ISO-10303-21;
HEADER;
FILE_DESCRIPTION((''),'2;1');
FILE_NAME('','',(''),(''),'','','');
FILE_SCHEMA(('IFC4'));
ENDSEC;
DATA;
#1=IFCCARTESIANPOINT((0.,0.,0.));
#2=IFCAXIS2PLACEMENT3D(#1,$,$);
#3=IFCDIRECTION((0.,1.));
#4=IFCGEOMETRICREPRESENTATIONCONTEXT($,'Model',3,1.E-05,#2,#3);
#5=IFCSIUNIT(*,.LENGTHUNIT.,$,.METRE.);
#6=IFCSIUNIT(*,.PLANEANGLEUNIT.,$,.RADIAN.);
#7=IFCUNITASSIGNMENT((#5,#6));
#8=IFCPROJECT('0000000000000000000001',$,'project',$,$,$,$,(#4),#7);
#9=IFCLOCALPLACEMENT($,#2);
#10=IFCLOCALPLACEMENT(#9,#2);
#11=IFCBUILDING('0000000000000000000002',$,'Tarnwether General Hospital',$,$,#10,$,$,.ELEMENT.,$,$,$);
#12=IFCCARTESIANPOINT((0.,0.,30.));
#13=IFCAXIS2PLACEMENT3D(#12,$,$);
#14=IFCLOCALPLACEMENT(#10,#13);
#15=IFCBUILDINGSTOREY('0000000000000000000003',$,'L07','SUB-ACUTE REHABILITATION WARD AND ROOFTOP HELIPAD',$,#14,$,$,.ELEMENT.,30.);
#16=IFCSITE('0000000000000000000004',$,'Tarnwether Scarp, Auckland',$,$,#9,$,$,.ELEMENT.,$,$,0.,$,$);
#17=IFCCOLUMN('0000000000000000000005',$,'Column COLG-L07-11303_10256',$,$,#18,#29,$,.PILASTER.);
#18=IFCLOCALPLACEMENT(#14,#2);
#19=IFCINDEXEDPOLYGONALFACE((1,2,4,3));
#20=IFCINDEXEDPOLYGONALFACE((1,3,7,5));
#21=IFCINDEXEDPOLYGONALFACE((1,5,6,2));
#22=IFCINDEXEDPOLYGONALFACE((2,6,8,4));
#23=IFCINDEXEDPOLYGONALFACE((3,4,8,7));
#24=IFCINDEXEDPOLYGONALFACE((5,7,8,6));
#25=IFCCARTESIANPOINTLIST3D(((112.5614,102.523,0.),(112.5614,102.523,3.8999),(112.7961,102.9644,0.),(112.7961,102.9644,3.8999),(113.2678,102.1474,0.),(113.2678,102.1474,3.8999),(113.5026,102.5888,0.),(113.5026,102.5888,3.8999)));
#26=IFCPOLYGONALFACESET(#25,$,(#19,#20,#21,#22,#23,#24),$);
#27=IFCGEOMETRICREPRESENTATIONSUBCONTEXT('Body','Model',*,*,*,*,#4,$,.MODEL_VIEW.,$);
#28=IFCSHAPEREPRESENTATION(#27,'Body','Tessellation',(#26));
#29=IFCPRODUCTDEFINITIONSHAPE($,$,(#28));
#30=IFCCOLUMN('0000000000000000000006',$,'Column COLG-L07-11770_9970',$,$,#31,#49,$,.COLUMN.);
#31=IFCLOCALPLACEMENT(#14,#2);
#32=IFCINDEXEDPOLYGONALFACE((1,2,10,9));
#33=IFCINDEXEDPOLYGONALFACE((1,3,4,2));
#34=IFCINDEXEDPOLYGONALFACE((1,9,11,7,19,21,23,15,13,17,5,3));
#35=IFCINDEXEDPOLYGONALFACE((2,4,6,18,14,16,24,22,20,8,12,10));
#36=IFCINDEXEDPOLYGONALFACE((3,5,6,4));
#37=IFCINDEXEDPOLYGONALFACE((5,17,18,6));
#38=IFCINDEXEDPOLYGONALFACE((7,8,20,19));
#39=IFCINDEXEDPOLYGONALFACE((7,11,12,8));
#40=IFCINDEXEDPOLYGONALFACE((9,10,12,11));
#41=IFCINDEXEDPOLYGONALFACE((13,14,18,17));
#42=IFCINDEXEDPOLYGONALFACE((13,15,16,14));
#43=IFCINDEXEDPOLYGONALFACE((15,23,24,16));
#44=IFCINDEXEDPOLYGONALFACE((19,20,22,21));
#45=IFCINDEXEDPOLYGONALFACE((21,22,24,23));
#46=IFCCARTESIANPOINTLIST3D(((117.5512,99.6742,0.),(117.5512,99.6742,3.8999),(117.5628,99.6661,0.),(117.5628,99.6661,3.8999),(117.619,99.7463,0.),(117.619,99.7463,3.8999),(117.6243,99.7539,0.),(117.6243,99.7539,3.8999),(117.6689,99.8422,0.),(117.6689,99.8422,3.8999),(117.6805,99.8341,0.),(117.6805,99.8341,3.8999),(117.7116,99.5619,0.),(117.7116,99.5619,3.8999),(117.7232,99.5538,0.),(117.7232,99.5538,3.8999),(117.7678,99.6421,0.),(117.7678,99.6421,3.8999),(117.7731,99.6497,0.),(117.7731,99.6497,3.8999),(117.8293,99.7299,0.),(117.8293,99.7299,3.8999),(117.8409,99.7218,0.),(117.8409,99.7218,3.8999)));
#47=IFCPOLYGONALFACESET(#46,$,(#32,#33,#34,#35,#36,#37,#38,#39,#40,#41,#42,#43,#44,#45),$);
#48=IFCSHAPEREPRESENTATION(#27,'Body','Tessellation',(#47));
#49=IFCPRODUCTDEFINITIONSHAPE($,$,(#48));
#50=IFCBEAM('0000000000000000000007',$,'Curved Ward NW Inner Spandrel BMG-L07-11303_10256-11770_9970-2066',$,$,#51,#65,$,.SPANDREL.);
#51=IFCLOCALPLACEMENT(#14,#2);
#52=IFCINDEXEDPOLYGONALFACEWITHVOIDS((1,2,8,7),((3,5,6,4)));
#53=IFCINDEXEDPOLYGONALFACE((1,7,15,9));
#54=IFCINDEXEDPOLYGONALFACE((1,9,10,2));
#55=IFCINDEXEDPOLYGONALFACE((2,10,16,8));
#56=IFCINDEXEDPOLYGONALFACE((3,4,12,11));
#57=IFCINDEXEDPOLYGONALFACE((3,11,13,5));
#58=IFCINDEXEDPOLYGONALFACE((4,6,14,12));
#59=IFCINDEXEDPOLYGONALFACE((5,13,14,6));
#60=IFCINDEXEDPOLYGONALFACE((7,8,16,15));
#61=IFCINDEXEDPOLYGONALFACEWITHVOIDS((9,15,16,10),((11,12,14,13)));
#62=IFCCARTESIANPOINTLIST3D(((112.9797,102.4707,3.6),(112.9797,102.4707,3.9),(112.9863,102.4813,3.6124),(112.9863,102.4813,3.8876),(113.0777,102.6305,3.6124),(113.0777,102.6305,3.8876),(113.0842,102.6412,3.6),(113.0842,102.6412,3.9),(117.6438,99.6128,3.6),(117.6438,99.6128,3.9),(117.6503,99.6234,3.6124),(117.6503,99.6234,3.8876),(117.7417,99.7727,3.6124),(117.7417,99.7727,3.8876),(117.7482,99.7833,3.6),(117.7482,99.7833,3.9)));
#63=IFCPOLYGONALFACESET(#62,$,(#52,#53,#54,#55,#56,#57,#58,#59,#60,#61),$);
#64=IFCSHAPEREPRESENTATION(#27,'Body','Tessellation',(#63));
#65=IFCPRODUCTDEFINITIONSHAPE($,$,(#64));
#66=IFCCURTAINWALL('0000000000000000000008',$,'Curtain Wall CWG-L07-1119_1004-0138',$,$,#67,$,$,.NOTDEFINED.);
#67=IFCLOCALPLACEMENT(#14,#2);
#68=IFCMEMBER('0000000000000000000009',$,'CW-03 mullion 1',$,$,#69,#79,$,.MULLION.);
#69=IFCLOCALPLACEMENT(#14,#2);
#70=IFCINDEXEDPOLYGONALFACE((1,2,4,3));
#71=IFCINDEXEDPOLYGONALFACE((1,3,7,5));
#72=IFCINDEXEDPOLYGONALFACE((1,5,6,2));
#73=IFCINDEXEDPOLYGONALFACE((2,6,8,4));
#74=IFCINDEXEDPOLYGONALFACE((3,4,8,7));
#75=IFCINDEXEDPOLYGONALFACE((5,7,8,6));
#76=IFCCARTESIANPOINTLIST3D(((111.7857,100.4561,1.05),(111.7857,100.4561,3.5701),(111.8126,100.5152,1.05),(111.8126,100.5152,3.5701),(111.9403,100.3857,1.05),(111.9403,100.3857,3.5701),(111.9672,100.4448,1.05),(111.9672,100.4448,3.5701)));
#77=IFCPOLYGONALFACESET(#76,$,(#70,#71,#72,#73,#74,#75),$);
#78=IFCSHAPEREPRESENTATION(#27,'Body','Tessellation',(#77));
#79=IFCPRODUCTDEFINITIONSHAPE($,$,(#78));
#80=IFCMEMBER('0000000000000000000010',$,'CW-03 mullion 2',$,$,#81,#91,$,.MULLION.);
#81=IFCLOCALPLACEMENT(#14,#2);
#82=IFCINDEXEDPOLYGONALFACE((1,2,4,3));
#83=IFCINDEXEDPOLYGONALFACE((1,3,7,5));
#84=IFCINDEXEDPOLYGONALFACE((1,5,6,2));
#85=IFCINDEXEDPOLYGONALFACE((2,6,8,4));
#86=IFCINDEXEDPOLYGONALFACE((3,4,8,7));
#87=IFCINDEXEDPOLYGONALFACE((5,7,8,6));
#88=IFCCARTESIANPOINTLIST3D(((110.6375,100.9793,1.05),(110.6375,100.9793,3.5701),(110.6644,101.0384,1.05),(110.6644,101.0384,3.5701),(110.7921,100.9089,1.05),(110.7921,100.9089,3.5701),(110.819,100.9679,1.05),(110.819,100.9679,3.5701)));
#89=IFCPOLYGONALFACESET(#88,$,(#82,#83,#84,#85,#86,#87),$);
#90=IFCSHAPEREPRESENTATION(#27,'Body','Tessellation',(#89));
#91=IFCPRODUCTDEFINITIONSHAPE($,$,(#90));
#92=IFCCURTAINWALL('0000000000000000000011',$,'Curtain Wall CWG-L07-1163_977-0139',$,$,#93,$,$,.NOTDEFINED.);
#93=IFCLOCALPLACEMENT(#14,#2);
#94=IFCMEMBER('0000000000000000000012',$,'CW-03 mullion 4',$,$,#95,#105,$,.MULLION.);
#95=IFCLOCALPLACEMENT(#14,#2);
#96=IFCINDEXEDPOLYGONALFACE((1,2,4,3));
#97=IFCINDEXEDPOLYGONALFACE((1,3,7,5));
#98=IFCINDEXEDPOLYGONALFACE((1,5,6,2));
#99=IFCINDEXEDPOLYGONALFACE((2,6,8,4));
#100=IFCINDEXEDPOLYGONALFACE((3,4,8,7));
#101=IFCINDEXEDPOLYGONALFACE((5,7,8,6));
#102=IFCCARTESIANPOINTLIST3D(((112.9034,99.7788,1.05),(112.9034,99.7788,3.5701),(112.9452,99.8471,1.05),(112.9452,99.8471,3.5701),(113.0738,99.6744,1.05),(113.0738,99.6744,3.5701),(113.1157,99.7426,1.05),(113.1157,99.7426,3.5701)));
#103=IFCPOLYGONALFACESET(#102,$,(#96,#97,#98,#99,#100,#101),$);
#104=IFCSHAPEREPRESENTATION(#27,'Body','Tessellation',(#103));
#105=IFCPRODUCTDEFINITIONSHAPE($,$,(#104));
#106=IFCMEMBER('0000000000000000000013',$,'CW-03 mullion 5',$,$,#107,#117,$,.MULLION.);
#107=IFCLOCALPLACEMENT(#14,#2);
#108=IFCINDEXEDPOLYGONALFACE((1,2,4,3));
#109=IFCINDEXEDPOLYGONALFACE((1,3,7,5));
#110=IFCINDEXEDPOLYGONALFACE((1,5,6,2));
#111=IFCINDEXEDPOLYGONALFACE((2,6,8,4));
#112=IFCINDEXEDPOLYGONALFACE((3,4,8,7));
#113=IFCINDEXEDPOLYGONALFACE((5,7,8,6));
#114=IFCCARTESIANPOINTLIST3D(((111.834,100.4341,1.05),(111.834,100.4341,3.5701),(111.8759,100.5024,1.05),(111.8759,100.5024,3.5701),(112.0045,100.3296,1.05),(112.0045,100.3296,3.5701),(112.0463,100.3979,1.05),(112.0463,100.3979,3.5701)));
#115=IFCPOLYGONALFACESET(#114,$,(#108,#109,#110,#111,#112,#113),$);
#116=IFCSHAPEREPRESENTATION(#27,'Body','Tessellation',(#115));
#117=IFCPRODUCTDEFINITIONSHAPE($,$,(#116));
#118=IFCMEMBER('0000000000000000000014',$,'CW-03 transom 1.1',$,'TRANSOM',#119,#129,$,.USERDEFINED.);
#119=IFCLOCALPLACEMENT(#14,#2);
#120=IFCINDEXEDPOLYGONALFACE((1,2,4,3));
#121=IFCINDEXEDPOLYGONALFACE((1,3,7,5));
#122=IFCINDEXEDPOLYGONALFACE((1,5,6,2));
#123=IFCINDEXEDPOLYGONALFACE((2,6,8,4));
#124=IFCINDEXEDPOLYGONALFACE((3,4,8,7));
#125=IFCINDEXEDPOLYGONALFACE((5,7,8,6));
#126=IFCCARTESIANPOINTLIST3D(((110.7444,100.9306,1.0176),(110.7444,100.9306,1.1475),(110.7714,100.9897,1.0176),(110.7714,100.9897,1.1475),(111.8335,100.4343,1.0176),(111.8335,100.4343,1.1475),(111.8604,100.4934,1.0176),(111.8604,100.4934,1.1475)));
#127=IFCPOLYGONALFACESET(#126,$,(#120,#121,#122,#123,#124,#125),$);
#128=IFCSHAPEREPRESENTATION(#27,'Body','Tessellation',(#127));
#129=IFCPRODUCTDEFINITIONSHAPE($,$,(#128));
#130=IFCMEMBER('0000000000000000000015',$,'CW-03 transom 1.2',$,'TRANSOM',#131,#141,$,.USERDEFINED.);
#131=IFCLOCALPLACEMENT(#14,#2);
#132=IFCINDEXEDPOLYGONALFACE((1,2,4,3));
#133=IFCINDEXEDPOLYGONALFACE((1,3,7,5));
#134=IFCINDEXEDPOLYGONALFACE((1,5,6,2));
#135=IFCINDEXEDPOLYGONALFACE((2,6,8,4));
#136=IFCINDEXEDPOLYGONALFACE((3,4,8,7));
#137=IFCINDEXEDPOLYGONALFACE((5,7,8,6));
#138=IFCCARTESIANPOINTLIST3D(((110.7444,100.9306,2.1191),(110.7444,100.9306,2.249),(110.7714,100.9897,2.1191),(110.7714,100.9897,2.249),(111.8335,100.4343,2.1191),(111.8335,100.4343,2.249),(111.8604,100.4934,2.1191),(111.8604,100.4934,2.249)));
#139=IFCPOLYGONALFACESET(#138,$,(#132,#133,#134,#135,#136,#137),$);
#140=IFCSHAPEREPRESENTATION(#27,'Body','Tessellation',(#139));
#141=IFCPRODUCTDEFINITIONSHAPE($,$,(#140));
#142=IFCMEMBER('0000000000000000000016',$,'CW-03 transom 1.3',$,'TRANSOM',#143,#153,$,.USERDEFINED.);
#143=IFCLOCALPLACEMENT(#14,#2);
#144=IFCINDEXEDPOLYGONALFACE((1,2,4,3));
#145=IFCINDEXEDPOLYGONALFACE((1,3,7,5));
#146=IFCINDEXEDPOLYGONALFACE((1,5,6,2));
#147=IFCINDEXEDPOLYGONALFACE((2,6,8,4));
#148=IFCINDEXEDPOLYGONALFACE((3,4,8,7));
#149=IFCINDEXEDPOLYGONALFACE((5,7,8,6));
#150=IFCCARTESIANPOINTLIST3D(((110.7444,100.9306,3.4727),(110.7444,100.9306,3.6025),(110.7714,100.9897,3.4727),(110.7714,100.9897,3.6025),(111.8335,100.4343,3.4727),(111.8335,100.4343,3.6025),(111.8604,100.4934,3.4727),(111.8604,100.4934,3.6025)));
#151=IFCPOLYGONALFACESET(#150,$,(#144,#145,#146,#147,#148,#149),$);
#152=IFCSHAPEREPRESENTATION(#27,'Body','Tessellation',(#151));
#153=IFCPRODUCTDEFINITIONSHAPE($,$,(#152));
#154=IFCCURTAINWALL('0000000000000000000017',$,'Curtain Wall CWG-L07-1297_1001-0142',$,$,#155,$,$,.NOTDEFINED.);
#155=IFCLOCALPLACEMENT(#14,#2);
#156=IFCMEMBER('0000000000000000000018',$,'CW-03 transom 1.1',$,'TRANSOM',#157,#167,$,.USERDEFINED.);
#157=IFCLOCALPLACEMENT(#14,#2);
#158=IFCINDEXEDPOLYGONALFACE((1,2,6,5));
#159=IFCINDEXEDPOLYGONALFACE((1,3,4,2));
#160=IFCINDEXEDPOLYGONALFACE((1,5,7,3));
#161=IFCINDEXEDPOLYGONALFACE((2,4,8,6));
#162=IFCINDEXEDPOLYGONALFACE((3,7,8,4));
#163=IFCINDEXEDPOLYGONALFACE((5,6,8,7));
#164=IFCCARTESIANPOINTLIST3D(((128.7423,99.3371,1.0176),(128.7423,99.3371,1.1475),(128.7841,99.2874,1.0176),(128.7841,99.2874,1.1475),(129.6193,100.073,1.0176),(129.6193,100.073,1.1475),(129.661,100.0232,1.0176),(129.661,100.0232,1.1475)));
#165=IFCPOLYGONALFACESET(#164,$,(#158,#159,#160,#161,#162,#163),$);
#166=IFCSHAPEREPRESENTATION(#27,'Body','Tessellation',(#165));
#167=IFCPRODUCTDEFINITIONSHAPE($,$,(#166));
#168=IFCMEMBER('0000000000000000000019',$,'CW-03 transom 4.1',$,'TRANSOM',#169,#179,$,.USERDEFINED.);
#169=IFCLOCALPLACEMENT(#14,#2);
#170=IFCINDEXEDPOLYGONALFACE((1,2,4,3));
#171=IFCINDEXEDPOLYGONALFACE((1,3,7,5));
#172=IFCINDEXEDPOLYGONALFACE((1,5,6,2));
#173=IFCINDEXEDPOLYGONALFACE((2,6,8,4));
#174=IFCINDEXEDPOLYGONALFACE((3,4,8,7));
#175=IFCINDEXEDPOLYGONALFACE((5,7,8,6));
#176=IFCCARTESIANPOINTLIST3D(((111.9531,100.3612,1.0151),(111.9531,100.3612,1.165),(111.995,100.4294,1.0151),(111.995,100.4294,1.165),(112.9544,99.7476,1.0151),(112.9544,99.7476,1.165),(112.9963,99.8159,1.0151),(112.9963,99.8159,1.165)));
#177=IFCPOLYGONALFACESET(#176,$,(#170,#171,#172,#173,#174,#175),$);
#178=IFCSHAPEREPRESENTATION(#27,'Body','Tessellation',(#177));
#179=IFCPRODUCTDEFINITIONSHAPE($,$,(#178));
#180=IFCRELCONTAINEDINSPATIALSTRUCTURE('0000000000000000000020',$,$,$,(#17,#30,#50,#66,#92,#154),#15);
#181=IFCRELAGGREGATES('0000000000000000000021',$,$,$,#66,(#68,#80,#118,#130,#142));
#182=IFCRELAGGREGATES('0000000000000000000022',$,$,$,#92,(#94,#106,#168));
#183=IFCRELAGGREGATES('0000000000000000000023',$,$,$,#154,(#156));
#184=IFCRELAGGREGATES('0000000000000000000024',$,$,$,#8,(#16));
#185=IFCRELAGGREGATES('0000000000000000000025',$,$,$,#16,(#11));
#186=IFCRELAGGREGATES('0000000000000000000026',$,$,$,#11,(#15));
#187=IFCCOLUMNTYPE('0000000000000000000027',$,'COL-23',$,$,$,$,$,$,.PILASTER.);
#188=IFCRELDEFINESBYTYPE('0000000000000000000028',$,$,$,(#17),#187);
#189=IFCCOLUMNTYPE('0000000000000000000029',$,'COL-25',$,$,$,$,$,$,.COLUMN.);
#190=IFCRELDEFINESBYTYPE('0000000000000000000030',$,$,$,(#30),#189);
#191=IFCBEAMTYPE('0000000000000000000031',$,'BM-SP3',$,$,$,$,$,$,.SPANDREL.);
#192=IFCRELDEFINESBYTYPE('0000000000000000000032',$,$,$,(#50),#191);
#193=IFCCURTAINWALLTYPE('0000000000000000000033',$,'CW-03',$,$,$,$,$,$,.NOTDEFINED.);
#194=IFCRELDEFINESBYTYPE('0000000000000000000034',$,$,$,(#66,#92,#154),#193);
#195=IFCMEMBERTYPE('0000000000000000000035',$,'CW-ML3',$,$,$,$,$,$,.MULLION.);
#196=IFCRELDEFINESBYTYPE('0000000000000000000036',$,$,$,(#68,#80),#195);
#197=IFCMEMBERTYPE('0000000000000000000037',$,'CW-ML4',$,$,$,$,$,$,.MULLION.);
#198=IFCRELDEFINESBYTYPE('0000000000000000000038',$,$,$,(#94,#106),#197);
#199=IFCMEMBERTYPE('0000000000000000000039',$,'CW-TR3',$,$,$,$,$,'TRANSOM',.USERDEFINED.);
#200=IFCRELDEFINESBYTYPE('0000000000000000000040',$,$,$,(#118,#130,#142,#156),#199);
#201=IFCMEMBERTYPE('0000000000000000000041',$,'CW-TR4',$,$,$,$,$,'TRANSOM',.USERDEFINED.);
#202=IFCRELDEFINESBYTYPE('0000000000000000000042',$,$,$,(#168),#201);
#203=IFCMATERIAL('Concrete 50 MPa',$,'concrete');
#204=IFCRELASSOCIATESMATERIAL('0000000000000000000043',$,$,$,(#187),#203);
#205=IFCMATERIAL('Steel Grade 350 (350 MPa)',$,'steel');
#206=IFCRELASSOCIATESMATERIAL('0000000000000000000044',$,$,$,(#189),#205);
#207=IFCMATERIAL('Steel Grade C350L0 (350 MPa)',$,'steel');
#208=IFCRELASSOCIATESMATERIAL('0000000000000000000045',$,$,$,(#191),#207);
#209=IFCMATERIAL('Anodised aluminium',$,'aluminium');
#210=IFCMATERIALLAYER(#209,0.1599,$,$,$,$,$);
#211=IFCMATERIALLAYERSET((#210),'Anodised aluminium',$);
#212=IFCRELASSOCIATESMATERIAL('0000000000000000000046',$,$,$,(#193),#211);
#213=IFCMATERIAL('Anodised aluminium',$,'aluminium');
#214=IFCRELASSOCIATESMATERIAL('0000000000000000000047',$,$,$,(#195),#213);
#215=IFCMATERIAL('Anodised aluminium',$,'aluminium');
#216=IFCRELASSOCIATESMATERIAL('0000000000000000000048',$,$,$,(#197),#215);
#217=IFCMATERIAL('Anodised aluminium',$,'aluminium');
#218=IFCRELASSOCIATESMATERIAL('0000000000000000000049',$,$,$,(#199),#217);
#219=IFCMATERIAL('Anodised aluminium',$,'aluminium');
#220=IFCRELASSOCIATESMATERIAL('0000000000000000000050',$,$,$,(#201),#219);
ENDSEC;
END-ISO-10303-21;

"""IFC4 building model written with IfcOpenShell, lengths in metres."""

from ifc_helpers import new_model, si_unit, direction, frame, origin, origin_2d, place, context, subcontext, project, spatial, rectangle, hollow_rectangle, i_section, extrude, material, layer, layer_set, material_profile, profile_set, type_object, element, aggregate, save


model = new_model("IFC4")

# Units and contexts
model_context = context("Model", 3, precision=1e-05, world=origin(), true_north=direction((0.0, 1.0)))
body_context = subcontext(model_context, "Body", "Model", "MODEL_VIEW")
ifc_project = project(units=[si_unit("LENGTHUNIT", "METRE"), si_unit("PLANEANGLEUNIT", "RADIAN")], contexts=[model_context])

# Site, building, storey
site_placement = place(None, origin())
site = spatial("IfcSite", under=ifc_project, at=site_placement, Name="Tarnwether Scarp, Auckland", CompositionType="ELEMENT", RefElevation=0.0)
building_placement = place(site_placement, origin())
building = spatial("IfcBuilding", under=site, at=building_placement, Name="Tarnwether General Hospital", CompositionType="ELEMENT")
storey_placement = place(building_placement, frame((0.0, 0.0, 30.0)))
storey = spatial("IfcBuildingStorey", under=building, at=storey_placement, Name="L07", Description="SUB-ACUTE REHABILITATION WARD AND ROOFTOP HELIPAD", CompositionType="ELEMENT", Elevation=30.0)

# Columns
ifc_material_1 = material(Name="Concrete 50 MPa", Category="concrete")
ifc_material_profile_1 = material_profile(ifc_material_1, rectangle(XDim=0.5, YDim=0.8, at=origin_2d()), Name="RC-PIL-500x800")
ifc_profile_set_1 = profile_set([ifc_material_profile_1], Name="Concrete 50 MPa")
column_type_1 = type_object("IfcColumnType", Name="COL-23", PredefinedType="PILASTER", material=ifc_profile_set_1)
column_1_placement = place(storey_placement, frame((113.032, 102.5559, 0.0), z_axis=(0.0, 0.0, 1.0), x_axis=(0.469472, 0.882948, 0.0)))
element("IfcColumn", 1, at=column_1_placement, inside=storey, type_object=column_type_1, Name="Column COLG-L07-11303_10256", PredefinedType="PILASTER", context=body_context, shape_type="SweptSolid", body=[
    extrude(rectangle(XDim=0.5, YDim=0.8, at=origin_2d()), origin(), (0.0, 0.0, 1.0), 3.8999),
])
ifc_material_2 = material(Name="Steel Grade 350 (350 MPa)", Category="steel")
ifc_material_profile_2 = material_profile(ifc_material_2, i_section(OverallWidth=0.2051, OverallDepth=0.21, WebThickness=0.0093, FlangeThickness=0.0142, at=origin_2d()), Name="200UC59.5")
ifc_profile_set_2 = profile_set([ifc_material_profile_2], Name="Steel Grade 350 (350 MPa)")
column_type_2 = type_object("IfcColumnType", Name="COL-25", PredefinedType="COLUMN", material=ifc_profile_set_2)
column_2_placement = place(storey_placement, frame((117.696, 99.698, 0.0), z_axis=(0.0, 0.0, 1.0), x_axis=(0.573576, 0.819152, 0.0)))
element("IfcColumn", 2, at=column_2_placement, inside=storey, type_object=column_type_2, Name="Column COLG-L07-11770_9970", PredefinedType="COLUMN", context=body_context, shape_type="SweptSolid", body=[
    extrude(i_section(OverallWidth=0.2051, OverallDepth=0.21, WebThickness=0.0093, FlangeThickness=0.0142, at=origin_2d()), origin(), (0.0, 0.0, 1.0), 3.8999),
])

# Beam
ifc_material_3 = material(Name="Steel Grade C350L0 (350 MPa)", Category="steel")
ifc_material_profile_3 = material_profile(ifc_material_3, hollow_rectangle(XDim=0.2, YDim=0.3, WallThickness=0.0125, at=origin_2d()), Name="RHS300x200x12.5")
ifc_profile_set_3 = profile_set([ifc_material_profile_3], Name="Steel Grade C350L0 (350 MPa)")
beam_type = type_object("IfcBeamType", Name="BM-SP3", PredefinedType="SPANDREL", material=ifc_profile_set_3)
beam_placement = place(storey_placement, frame((113.032, 102.5559, 3.75), z_axis=(0.852659, -0.522468, 0.0), x_axis=(0.522468, 0.852659, 0.0)))
element("IfcBeam", 3, at=beam_placement, inside=storey, type_object=beam_type, Name="Curved Ward NW Inner Spandrel BMG-L07-11303_10256-11770_9970-2066", PredefinedType="SPANDREL", context=body_context, shape_type="SweptSolid", body=[
    extrude(hollow_rectangle(XDim=0.2, YDim=0.3, WallThickness=0.0125, at=origin_2d()), origin(), (0.0, 0.0, 1.0), 5.47),
])

# Curtain walls, members
ifc_material_4 = material(Name="Anodised aluminium", Category="aluminium")
ifc_layer_1 = layer(ifc_material_4, 0.1599)
ifc_layer_set_1 = layer_set([ifc_layer_1], Name="Anodised aluminium")
curtain_wall_type = type_object("IfcCurtainWallType", Name="CW-03", PredefinedType="NOTDEFINED", material=ifc_layer_set_1)
curtain_wall_1_placement = place(storey_placement, origin())
curtain_wall_1 = element("IfcCurtainWall", 4, at=curtain_wall_1_placement, inside=storey, type_object=curtain_wall_type, Name="Curtain Wall CWG-L07-1119_1004-0138", PredefinedType="NOTDEFINED")
ifc_material_5 = material(Name="Anodised aluminium", Category="aluminium")
ifc_material_profile_4 = material_profile(ifc_material_5, rectangle(XDim=0.0649, YDim=0.1699, at=origin_2d()), Name="ALU-MUL-65x170")
ifc_profile_set_4 = profile_set([ifc_material_profile_4], Name="Anodised aluminium")
member_type_1 = type_object("IfcMemberType", Name="CW-ML3", PredefinedType="MULLION", material=ifc_profile_set_4)
member_1_placement = place(storey_placement, frame((111.8765, 100.4504, 1.05), z_axis=(0.0, 0.0, 1.0), x_axis=(-0.414705, -0.909956, 0.0)))
member_1 = element("IfcMember", 5, at=member_1_placement, type_object=member_type_1, Name="CW-03 mullion 1", PredefinedType="MULLION", context=body_context, shape_type="SweptSolid", body=[
    extrude(rectangle(XDim=0.0649, YDim=0.1699, at=origin_2d()), origin(), (0.0, 0.0, 1.0), 2.52),
])
member_2_placement = place(storey_placement, frame((110.7283, 100.9736, 1.05), z_axis=(0.0, 0.0, 1.0), x_axis=(-0.414705, -0.909956, 0.0)))
member_2 = element("IfcMember", 6, at=member_2_placement, type_object=member_type_1, Name="CW-03 mullion 2", PredefinedType="MULLION", context=body_context, shape_type="SweptSolid", body=[
    extrude(rectangle(XDim=0.0649, YDim=0.1699, at=origin_2d()), origin(), (0.0, 0.0, 1.0), 2.52),
])
curtain_wall_2_placement = place(storey_placement, origin())
curtain_wall_2 = element("IfcCurtainWall", 7, at=curtain_wall_2_placement, inside=storey, type_object=curtain_wall_type, Name="Curtain Wall CWG-L07-1163_977-0139", PredefinedType="NOTDEFINED")
ifc_material_6 = material(Name="Anodised aluminium", Category="aluminium")
ifc_material_profile_5 = material_profile(ifc_material_6, rectangle(XDim=0.0801, YDim=0.2, at=origin_2d()), Name="ALU-MUL-80x200")
ifc_profile_set_5 = profile_set([ifc_material_profile_5], Name="Anodised aluminium")
member_type_2 = type_object("IfcMemberType", Name="CW-ML4", PredefinedType="MULLION", material=ifc_profile_set_5)
member_3_placement = place(storey_placement, frame((113.0095, 99.7607, 1.05), z_axis=(0.0, 0.0, 1.0), x_axis=(-0.522512, -0.852632, 0.0)))
member_3 = element("IfcMember", 8, at=member_3_placement, type_object=member_type_2, Name="CW-03 mullion 4", PredefinedType="MULLION", context=body_context, shape_type="SweptSolid", body=[
    extrude(rectangle(XDim=0.0801, YDim=0.2, at=origin_2d()), origin(), (0.0, 0.0, 1.0), 2.52),
])
member_4_placement = place(storey_placement, frame((111.9402, 100.416, 1.05), z_axis=(0.0, 0.0, 1.0), x_axis=(-0.522512, -0.852632, 0.0)))
member_4 = element("IfcMember", 9, at=member_4_placement, type_object=member_type_2, Name="CW-03 mullion 5", PredefinedType="MULLION", context=body_context, shape_type="SweptSolid", body=[
    extrude(rectangle(XDim=0.0801, YDim=0.2, at=origin_2d()), origin(), (0.0, 0.0, 1.0), 2.52),
])

# Members
ifc_material_7 = material(Name="Anodised aluminium", Category="aluminium")
ifc_material_profile_6 = material_profile(ifc_material_7, rectangle(XDim=0.0649, YDim=0.1299, at=origin_2d()), Name="ALU-TRN-65x130")
ifc_profile_set_6 = profile_set([ifc_material_profile_6], Name="Anodised aluminium")
member_type_3 = type_object("IfcMemberType", Name="CW-TR3", ElementType="TRANSOM", PredefinedType="USERDEFINED", material=ifc_profile_set_6)
member_5_placement = place(storey_placement, frame((111.8469, 100.4639, 1.0825), z_axis=(-0.909961, 0.414694, 0.0), x_axis=(-0.414694, -0.909961, 0.0)))
member_5 = element("IfcMember", 10, at=member_5_placement, type_object=member_type_3, Name="CW-03 transom 1.1", ObjectType="TRANSOM", PredefinedType="USERDEFINED", context=body_context, shape_type="SweptSolid", body=[
    extrude(rectangle(XDim=0.0649, YDim=0.1299, at=origin_2d()), origin(), (0.0, 0.0, 1.0), 1.1968),
])
member_6_placement = place(storey_placement, frame((111.8469, 100.4639, 2.1841), z_axis=(-0.909961, 0.414694, 0.0), x_axis=(-0.414694, -0.909961, 0.0)))
member_6 = element("IfcMember", 11, at=member_6_placement, type_object=member_type_3, Name="CW-03 transom 1.2", ObjectType="TRANSOM", PredefinedType="USERDEFINED", context=body_context, shape_type="SweptSolid", body=[
    extrude(rectangle(XDim=0.0649, YDim=0.1299, at=origin_2d()), origin(), (0.0, 0.0, 1.0), 1.1968),
])
member_7_placement = place(storey_placement, frame((111.8469, 100.4639, 3.5376), z_axis=(-0.909961, 0.414694, 0.0), x_axis=(-0.414694, -0.909961, 0.0)))
member_7 = element("IfcMember", 12, at=member_7_placement, type_object=member_type_3, Name="CW-03 transom 1.3", ObjectType="TRANSOM", PredefinedType="USERDEFINED", context=body_context, shape_type="SweptSolid", body=[
    extrude(rectangle(XDim=0.0649, YDim=0.1299, at=origin_2d()), origin(), (0.0, 0.0, 1.0), 1.1968),
])

# Curtain wall, member
curtain_wall_3_placement = place(storey_placement, origin())
curtain_wall_3 = element("IfcCurtainWall", 13, at=curtain_wall_3_placement, inside=storey, type_object=curtain_wall_type, Name="Curtain Wall CWG-L07-1297_1001-0142", PredefinedType="NOTDEFINED")
member_8_placement = place(storey_placement, frame((129.6401, 100.0481, 1.0825), z_axis=(-0.766049, -0.642782, 0.0), x_axis=(0.642782, -0.766049, 0.0)))
member_8 = element("IfcMember", 14, at=member_8_placement, type_object=member_type_3, Name="CW-03 transom 1.1", ObjectType="TRANSOM", PredefinedType="USERDEFINED", context=body_context, shape_type="SweptSolid", body=[
    extrude(rectangle(XDim=0.0649, YDim=0.1299, at=origin_2d()), origin(), (0.0, 0.0, 1.0), 1.1448),
])

# Member
ifc_material_8 = material(Name="Anodised aluminium", Category="aluminium")
ifc_material_profile_7 = material_profile(ifc_material_8, rectangle(XDim=0.0801, YDim=0.1499, at=origin_2d()), Name="ALU-TRN-80x150")
ifc_profile_set_7 = profile_set([ifc_material_profile_7], Name="Anodised aluminium")
member_type_4 = type_object("IfcMemberType", Name="CW-TR4", ElementType="TRANSOM", PredefinedType="USERDEFINED", material=ifc_profile_set_7)
member_9_placement = place(storey_placement, frame((112.9753, 99.7817, 1.0901), z_axis=(-0.852649, 0.522484, 0.0), x_axis=(-0.522484, -0.852649, 0.0)))
member_9 = element("IfcMember", 15, at=member_9_placement, type_object=member_type_4, Name="CW-03 transom 4.1", ObjectType="TRANSOM", PredefinedType="USERDEFINED", context=body_context, shape_type="SweptSolid", body=[
    extrude(rectangle(XDim=0.0801, YDim=0.1499, at=origin_2d()), origin(), (0.0, 0.0, 1.0), 1.1743),
])

aggregate(curtain_wall_1, [member_1, member_2, member_5, member_6, member_7])
aggregate(curtain_wall_2, [member_3, member_4, member_9])
aggregate(curtain_wall_3, [member_8])

save(model, "model.ifc")
